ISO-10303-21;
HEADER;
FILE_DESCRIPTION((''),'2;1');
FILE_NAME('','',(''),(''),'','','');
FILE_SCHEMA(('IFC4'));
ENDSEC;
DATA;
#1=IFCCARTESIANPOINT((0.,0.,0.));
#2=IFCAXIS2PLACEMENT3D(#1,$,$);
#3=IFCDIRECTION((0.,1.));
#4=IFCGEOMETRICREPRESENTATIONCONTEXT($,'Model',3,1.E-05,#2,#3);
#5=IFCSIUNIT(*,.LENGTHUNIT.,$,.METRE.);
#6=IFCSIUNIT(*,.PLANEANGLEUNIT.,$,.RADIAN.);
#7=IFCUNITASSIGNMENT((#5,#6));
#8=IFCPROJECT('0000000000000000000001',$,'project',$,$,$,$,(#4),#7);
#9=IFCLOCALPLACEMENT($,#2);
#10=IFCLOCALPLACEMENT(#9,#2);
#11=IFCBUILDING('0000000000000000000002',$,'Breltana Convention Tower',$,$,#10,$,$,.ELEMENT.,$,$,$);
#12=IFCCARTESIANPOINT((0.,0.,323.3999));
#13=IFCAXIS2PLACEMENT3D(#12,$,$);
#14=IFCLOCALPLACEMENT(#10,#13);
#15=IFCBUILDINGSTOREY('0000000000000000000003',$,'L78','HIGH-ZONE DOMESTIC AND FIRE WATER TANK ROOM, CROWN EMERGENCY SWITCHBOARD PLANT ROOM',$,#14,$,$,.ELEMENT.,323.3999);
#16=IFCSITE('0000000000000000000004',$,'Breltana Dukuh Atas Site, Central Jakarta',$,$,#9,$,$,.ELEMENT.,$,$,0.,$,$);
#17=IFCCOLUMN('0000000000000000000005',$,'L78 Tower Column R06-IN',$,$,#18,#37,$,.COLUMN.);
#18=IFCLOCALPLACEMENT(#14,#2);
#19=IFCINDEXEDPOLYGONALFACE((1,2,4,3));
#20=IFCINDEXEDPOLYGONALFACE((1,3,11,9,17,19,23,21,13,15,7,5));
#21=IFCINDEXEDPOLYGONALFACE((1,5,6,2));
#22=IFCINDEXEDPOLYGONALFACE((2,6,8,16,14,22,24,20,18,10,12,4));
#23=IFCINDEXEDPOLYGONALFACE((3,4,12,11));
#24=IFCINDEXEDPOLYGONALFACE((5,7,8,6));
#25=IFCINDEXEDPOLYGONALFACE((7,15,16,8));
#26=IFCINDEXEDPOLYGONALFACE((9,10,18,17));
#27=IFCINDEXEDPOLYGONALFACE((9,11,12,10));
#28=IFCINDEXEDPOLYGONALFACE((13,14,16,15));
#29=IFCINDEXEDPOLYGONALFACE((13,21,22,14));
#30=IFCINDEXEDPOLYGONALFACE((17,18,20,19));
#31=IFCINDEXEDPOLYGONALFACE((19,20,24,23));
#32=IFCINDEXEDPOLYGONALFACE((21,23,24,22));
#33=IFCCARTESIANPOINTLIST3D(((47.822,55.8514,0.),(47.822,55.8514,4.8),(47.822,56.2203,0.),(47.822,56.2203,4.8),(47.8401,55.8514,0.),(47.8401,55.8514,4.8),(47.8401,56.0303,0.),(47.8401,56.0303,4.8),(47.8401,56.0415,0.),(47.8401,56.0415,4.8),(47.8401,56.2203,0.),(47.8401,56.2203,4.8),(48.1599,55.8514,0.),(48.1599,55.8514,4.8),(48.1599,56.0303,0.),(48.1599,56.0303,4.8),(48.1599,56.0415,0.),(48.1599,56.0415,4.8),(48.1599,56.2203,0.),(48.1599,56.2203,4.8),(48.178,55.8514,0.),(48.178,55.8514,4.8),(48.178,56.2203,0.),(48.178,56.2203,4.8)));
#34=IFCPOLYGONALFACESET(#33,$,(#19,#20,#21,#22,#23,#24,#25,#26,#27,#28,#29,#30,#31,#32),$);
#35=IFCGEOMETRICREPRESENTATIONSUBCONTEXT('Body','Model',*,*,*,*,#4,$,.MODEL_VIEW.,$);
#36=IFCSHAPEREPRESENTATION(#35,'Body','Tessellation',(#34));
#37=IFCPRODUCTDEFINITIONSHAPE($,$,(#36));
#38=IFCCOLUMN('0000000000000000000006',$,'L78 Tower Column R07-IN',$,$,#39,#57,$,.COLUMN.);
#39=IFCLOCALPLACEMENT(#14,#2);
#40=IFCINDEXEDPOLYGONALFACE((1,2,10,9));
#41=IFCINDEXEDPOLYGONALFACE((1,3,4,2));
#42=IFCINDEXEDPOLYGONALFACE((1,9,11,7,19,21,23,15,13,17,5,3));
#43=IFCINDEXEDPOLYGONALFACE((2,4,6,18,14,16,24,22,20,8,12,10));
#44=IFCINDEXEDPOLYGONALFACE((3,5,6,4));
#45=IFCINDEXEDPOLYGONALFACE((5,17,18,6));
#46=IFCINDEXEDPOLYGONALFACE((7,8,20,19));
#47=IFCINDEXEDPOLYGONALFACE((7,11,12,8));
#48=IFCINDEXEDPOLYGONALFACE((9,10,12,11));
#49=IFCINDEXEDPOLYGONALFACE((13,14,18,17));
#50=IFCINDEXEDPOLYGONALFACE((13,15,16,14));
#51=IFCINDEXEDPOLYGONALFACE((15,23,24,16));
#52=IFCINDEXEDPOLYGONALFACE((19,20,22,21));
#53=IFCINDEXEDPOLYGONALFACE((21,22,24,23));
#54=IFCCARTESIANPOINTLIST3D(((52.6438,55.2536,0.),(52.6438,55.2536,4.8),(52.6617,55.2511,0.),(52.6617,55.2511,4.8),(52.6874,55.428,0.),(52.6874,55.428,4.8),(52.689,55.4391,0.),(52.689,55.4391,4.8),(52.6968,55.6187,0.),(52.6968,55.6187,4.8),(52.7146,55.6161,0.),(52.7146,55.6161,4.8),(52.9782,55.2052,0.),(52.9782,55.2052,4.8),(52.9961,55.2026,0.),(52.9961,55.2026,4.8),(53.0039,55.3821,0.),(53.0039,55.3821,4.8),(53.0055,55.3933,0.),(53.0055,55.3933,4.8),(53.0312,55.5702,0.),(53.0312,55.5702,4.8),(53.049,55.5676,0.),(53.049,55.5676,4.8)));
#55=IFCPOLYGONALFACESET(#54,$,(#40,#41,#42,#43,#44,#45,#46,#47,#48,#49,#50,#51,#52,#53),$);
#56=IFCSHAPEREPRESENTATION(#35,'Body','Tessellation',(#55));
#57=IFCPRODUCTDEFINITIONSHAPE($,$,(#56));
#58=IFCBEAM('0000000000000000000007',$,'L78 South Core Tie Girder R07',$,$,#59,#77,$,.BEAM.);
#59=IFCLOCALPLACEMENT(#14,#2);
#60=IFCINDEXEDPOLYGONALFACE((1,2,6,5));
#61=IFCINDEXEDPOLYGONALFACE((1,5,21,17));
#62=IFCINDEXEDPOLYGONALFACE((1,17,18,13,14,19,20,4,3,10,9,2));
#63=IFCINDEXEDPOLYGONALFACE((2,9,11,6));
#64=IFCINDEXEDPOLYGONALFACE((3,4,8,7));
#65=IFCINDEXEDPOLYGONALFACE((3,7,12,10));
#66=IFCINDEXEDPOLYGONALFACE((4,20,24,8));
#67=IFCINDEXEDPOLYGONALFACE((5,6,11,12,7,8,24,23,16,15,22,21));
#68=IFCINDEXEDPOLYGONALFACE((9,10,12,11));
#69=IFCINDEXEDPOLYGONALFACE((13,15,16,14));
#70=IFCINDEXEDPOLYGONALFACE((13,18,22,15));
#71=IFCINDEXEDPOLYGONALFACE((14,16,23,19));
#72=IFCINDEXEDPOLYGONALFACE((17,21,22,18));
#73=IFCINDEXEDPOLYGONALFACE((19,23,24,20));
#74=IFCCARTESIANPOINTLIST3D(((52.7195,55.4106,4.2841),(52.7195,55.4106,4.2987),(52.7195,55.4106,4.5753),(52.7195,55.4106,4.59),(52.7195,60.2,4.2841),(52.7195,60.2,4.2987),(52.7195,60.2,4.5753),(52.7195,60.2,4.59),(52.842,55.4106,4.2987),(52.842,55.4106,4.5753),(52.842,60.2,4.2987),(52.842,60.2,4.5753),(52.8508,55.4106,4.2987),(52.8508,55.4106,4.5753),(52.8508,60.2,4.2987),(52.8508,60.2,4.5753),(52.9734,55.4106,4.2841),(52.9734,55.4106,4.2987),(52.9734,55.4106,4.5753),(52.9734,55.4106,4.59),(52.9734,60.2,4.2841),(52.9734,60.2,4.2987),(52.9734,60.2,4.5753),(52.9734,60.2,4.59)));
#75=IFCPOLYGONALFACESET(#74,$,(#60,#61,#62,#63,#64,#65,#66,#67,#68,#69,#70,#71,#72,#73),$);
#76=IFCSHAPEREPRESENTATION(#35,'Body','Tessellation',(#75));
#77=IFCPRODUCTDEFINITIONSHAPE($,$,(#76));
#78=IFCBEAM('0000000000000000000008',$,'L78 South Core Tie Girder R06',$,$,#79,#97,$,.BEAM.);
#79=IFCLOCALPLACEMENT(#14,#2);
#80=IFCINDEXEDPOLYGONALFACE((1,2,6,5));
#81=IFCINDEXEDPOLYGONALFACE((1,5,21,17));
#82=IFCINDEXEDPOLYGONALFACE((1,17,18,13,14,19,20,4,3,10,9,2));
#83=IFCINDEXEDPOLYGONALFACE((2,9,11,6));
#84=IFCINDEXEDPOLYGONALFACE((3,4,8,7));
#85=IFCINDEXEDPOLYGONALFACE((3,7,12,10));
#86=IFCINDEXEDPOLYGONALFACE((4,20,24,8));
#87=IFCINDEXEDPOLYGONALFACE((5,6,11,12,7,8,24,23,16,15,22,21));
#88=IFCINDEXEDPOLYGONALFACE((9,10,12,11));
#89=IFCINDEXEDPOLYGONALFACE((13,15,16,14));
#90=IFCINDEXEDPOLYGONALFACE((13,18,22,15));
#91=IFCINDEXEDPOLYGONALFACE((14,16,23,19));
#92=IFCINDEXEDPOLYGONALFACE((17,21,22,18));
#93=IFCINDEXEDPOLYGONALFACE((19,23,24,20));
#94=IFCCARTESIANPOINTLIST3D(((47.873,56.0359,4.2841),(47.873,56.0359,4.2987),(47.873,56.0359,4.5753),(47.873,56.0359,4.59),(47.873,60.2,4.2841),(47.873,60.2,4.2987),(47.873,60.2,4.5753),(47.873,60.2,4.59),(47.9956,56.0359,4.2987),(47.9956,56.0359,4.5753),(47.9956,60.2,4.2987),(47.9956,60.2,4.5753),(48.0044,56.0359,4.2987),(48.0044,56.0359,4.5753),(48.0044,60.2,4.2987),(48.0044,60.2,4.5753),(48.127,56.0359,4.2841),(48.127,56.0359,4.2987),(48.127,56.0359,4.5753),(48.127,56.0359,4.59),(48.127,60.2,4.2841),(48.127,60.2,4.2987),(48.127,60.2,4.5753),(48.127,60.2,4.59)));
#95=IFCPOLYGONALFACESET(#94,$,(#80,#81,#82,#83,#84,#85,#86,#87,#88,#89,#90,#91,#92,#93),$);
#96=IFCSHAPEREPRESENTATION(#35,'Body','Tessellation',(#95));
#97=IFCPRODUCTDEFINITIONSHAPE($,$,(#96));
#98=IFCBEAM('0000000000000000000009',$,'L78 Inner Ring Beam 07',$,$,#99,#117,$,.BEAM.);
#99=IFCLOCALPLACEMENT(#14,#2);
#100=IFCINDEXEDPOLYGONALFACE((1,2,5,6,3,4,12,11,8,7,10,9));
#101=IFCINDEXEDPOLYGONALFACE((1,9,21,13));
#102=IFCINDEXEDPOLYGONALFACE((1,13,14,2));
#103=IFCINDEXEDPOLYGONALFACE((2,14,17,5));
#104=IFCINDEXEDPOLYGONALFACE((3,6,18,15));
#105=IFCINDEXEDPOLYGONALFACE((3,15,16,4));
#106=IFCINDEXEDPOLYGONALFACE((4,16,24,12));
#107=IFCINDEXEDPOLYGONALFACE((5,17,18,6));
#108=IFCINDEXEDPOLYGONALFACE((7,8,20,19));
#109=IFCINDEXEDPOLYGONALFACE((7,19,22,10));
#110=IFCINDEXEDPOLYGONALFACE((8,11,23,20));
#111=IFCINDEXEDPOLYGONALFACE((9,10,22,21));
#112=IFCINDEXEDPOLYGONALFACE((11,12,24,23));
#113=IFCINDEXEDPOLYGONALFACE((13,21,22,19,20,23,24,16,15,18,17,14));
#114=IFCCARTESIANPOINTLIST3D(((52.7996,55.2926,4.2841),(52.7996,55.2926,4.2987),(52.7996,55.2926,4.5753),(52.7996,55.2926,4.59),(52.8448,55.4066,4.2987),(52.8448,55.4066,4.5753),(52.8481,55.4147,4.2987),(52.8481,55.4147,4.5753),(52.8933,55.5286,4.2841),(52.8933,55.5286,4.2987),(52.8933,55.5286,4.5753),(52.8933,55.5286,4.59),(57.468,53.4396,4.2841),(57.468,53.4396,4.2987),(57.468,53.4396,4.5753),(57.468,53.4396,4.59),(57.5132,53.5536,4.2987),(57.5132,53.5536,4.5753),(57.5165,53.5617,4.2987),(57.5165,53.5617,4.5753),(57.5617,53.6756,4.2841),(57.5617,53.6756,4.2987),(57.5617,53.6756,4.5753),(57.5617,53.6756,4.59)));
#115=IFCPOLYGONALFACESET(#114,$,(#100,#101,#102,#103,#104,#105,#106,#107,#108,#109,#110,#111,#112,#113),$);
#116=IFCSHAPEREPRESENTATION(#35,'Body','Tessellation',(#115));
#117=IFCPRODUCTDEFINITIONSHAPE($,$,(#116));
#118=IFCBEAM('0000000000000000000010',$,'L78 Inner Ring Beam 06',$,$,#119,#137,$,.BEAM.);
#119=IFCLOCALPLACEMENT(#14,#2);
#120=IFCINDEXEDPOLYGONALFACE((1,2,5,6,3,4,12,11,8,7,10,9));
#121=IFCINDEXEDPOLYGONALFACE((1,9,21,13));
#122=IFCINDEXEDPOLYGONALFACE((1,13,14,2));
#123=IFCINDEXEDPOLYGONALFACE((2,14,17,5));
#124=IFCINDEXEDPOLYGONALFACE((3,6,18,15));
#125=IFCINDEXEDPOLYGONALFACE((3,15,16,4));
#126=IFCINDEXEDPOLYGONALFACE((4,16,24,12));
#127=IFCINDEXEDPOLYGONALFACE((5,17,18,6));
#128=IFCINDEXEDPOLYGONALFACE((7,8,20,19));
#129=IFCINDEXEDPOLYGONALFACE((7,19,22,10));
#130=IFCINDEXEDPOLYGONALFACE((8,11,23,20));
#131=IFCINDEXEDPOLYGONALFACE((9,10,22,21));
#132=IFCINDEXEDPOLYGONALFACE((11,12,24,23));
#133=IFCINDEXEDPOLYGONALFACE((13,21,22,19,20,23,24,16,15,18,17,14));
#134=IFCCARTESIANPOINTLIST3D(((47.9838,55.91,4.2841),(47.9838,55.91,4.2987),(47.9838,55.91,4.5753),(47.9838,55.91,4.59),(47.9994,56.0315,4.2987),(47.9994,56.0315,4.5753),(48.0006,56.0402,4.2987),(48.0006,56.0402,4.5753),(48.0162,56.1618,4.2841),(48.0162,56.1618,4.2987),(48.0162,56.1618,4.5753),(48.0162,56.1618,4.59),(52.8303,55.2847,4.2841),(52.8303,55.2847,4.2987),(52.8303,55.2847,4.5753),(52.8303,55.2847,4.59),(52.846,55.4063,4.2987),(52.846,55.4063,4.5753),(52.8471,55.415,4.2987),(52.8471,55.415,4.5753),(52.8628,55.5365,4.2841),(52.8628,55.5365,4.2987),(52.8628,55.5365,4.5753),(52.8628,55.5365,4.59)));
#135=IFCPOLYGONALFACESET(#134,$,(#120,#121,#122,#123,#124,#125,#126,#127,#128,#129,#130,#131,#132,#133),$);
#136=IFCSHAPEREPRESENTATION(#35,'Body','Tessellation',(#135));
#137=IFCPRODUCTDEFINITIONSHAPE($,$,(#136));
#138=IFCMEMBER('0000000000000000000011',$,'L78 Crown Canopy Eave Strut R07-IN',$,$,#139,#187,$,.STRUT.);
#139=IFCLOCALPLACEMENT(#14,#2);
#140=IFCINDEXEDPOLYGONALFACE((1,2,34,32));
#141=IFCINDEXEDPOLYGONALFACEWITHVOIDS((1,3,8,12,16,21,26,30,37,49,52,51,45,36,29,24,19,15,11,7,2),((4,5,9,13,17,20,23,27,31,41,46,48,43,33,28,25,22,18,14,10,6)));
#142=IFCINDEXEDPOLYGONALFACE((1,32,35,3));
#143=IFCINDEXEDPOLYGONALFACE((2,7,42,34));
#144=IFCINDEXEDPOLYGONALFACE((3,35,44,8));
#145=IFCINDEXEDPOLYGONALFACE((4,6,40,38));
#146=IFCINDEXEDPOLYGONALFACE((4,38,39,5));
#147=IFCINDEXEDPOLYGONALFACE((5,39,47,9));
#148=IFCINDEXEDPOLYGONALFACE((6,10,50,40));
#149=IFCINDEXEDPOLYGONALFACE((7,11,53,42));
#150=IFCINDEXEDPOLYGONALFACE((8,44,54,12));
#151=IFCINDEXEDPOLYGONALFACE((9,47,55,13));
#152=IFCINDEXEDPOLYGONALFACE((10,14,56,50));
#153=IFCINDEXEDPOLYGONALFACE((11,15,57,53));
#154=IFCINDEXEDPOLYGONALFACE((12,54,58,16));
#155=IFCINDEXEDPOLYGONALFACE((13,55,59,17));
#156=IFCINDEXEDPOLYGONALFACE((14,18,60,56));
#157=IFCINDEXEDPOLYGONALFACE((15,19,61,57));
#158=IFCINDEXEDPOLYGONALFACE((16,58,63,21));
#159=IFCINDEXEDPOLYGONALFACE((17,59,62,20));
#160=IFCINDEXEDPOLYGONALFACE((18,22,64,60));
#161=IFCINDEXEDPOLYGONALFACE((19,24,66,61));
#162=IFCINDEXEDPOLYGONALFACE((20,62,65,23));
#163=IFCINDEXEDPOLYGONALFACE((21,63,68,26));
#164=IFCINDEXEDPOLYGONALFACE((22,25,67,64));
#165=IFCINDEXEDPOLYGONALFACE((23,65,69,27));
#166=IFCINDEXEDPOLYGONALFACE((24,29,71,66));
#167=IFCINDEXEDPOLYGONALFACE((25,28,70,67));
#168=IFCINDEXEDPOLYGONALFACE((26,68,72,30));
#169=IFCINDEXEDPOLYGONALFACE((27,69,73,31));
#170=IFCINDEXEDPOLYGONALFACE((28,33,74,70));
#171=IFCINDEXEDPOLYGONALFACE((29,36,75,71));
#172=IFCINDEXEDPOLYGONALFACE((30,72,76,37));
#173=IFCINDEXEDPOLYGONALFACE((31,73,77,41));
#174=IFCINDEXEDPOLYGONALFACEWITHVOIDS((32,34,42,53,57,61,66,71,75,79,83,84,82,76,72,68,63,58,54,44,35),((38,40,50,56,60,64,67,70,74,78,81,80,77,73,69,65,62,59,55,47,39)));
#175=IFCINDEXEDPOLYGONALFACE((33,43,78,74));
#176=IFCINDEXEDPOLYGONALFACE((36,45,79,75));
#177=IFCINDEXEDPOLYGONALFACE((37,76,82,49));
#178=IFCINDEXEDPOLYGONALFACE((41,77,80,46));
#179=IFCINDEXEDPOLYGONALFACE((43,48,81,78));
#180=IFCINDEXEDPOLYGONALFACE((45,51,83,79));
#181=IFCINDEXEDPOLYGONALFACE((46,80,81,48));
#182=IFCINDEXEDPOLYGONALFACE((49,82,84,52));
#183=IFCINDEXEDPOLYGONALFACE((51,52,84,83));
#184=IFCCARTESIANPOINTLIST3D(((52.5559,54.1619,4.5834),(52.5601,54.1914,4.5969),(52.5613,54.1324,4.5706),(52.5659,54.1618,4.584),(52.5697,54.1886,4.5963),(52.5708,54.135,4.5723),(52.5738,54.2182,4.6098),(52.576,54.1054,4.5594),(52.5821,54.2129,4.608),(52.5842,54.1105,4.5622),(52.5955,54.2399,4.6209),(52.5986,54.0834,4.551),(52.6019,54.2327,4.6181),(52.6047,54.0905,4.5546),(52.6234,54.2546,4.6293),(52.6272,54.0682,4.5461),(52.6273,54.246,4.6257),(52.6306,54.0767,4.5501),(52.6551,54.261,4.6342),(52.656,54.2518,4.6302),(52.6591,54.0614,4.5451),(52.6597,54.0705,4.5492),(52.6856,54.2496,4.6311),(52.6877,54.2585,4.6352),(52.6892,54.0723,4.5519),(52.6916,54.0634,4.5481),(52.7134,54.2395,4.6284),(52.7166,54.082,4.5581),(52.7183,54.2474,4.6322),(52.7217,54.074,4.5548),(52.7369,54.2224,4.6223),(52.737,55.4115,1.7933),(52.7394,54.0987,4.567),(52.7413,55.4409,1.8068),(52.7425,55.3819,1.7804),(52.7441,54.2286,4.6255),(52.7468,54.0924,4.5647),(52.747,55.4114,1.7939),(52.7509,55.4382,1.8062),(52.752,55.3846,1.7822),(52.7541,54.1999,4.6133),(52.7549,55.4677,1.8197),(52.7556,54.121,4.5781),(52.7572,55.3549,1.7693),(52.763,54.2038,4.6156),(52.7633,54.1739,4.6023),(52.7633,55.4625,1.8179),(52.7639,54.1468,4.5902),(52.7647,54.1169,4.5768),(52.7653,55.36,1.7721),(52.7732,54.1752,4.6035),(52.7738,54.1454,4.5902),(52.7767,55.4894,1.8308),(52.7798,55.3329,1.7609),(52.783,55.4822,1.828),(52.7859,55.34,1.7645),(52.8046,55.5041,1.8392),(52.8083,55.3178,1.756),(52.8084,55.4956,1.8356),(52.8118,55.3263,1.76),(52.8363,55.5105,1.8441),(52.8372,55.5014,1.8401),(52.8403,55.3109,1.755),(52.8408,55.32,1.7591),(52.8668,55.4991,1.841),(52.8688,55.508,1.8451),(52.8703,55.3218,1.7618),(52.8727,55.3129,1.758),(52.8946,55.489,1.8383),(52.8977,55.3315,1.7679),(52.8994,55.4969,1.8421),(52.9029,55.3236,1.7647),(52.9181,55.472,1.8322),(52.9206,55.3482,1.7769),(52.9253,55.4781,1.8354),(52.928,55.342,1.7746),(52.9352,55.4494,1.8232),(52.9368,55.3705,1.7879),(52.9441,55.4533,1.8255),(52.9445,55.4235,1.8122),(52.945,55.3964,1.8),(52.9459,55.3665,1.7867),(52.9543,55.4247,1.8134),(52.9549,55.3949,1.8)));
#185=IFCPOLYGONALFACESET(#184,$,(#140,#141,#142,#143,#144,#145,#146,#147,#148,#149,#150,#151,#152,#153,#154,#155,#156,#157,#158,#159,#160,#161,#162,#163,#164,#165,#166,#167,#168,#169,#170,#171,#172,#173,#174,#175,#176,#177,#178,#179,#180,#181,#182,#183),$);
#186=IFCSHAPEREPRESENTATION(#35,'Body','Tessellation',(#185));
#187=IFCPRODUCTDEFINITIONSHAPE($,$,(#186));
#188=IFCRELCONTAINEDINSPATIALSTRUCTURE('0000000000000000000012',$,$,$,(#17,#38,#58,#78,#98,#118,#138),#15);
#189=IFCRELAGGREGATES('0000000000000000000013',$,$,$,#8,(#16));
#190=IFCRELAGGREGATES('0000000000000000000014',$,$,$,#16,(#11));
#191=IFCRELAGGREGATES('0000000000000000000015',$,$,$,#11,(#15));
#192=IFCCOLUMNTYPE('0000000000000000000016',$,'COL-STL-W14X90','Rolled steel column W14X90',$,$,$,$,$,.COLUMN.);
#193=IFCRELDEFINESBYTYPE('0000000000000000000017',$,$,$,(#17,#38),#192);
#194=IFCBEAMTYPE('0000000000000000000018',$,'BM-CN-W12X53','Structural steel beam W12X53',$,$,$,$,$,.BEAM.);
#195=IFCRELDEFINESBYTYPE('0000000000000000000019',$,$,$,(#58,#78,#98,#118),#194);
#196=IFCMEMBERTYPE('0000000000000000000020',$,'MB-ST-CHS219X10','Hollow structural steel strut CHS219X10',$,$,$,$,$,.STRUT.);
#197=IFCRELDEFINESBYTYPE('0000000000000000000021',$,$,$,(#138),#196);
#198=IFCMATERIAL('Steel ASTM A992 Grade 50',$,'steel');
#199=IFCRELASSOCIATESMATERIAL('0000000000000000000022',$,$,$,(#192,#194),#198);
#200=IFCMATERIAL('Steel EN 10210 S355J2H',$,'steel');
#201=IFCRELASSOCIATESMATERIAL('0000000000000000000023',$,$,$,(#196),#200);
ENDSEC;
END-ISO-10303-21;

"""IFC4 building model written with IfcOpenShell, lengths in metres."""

from ifc_helpers import new_model, si_unit, direction, frame, origin, origin_2d, place, context, subcontext, project, spatial, hollow_circle, i_section, extrude, source, transform, mapped, material, material_profile, profile_set, type_object, type_shapes, element, save


model = new_model("IFC4")

# Units and contexts
model_context = context("Model", 3, precision=1e-05, world=origin(), true_north=direction((0.0, 1.0)))
body_context = subcontext(model_context, "Body", "Model", "MODEL_VIEW")
ifc_project = project(units=[si_unit("LENGTHUNIT", "METRE"), si_unit("PLANEANGLEUNIT", "RADIAN")], contexts=[model_context])

# Site, building, storey
site_placement = place(None, origin())
site = spatial("IfcSite", under=ifc_project, at=site_placement, Name="Breltana Dukuh Atas Site, Central Jakarta", CompositionType="ELEMENT", RefElevation=0.0)
building_placement = place(site_placement, origin())
building = spatial("IfcBuilding", under=site, at=building_placement, Name="Breltana Convention Tower", CompositionType="ELEMENT")
storey_placement = place(building_placement, frame((0.0, 0.0, 323.3999)))
storey = spatial("IfcBuildingStorey", under=building, at=storey_placement, Name="L78", Description="HIGH-ZONE DOMESTIC AND FIRE WATER TANK ROOM, CROWN EMERGENCY SWITCHBOARD PLANT ROOM", CompositionType="ELEMENT", Elevation=323.3999)

# Columns
ifc_material_1 = material(Name="Steel ASTM A992 Grade 50", Category="steel")
ifc_material_profile_1 = material_profile(ifc_material_1, i_section(OverallWidth=0.3689, OverallDepth=0.356, WebThickness=0.0112, FlangeThickness=0.0181, at=origin_2d()), Name="W14X90")
ifc_profile_set_1 = profile_set([ifc_material_profile_1], Name="Steel ASTM A992 Grade 50")
column_type = type_object("IfcColumnType", Name="COL-STL-W14X90", Description="Rolled steel column W14X90", PredefinedType="COLUMN", material=ifc_profile_set_1)
shared_shape_1 = source(origin(), body_context, "Body", "SweptSolid", [
    extrude(i_section(OverallWidth=0.3689, OverallDepth=0.356, WebThickness=0.0112, FlangeThickness=0.0181, at=origin_2d()), origin(), (0.0, 0.0, 1.0), 4.8),
])
type_shapes(column_type, [shared_shape_1])
for number, where, z_axis, x_axis, name in (
    (1, (48.0, 56.0359, 0.0), (0.0, 0.0, 1.0), (0.0, 1.0, 0.0), "L78 Tower Column R06-IN"),
    (2, (52.8464, 55.4106, 0.0), (0.0, 0.0, 1.0), (0.143493, 0.989651, 0.0), "L78 Tower Column R07-IN"),
):
    element("IfcColumn", number, at=place(storey_placement, frame(where, z_axis=z_axis, x_axis=x_axis)), inside=storey, type_object=column_type, Name=name, PredefinedType="COLUMN", context=body_context, shape_type="MappedRepresentation", body=[
        mapped(shared_shape_1, transform((0.0, 0.0, 0.0), scale=1.0)),
    ])

# Beams
ifc_material_profile_2 = material_profile(ifc_material_1, i_section(OverallWidth=0.2539, OverallDepth=0.3059, WebThickness=0.0088, FlangeThickness=0.0146, at=origin_2d()), Name="W12X53")
ifc_profile_set_2 = profile_set([ifc_material_profile_2], Name="Steel ASTM A992 Grade 50")
beam_type = type_object("IfcBeamType", Name="BM-CN-W12X53", Description="Structural steel beam W12X53", PredefinedType="BEAM", material=ifc_profile_set_2)
shared_shape_2 = source(origin(), body_context, "Body", "SweptSolid", [
    extrude(i_section(OverallWidth=0.2539, OverallDepth=0.3059, WebThickness=0.0088, FlangeThickness=0.0146, at=origin_2d()), origin(), (0.0, 0.0, 1.0), 4.7893),
])
beam_1_placement = place(storey_placement, frame((52.8464, 60.2, 4.437), z_axis=(0.0, -1.0, 0.0), x_axis=(1.0, 0.0, 0.0)))
element("IfcBeam", 3, at=beam_1_placement, inside=storey, type_object=beam_type, Name="L78 South Core Tie Girder R07", PredefinedType="BEAM", context=body_context, shape_type="MappedRepresentation", body=[
    mapped(shared_shape_2, transform((0.0, 0.0, 0.0), scale=1.0)),
])
shared_shape_3 = source(origin(), body_context, "Body", "SweptSolid", [
    extrude(i_section(OverallWidth=0.2539, OverallDepth=0.3059, WebThickness=0.0088, FlangeThickness=0.0146, at=origin_2d()), origin(), (0.0, 0.0, 1.0), 4.1641),
])
beam_2_placement = place(storey_placement, frame((48.0, 60.2, 4.437), z_axis=(0.0, -1.0, 0.0), x_axis=(1.0, 0.0, 0.0)))
element("IfcBeam", 4, at=beam_2_placement, inside=storey, type_object=beam_type, Name="L78 South Core Tie Girder R06", PredefinedType="BEAM", context=body_context, shape_type="MappedRepresentation", body=[
    mapped(shared_shape_3, transform((0.0, 0.0, 0.0), scale=1.0)),
])
shared_shape_4 = source(origin(), body_context, "Body", "SweptSolid", [
    extrude(i_section(OverallWidth=0.2539, OverallDepth=0.3059, WebThickness=0.0088, FlangeThickness=0.0146, at=origin_2d()), origin(), (0.0, 0.0, 1.0), 5.0227),
])
beam_3_placement = place(storey_placement, frame((52.8464, 55.4106, 4.437), z_axis=(0.929459, -0.368926, 0.0), x_axis=(0.368926, 0.929459, 0.0)))
element("IfcBeam", 5, at=beam_3_placement, inside=storey, type_object=beam_type, Name="L78 Inner Ring Beam 07", PredefinedType="BEAM", context=body_context, shape_type="MappedRepresentation", body=[
    mapped(shared_shape_4, transform((0.0, 0.0, 0.0), scale=1.0)),
])
shared_shape_5 = source(origin(), body_context, "Body", "SweptSolid", [
    extrude(i_section(OverallWidth=0.2539, OverallDepth=0.3059, WebThickness=0.0088, FlangeThickness=0.0146, at=origin_2d()), origin(), (0.0, 0.0, 1.0), 4.8867),
])
beam_4_placement = place(storey_placement, frame((48.0, 56.0359, 4.437), z_axis=(0.991781, -0.127951, 0.0), x_axis=(0.127951, 0.991781, 0.0)))
element("IfcBeam", 6, at=beam_4_placement, inside=storey, type_object=beam_type, Name="L78 Inner Ring Beam 06", PredefinedType="BEAM", context=body_context, shape_type="MappedRepresentation", body=[
    mapped(shared_shape_5, transform((0.0, 0.0, 0.0), scale=1.0)),
])

# Member
ifc_material_2 = material(Name="Steel EN 10210 S355J2H", Category="steel")
ifc_material_profile_3 = material_profile(ifc_material_2, hollow_circle(Radius=0.1096, WallThickness=0.01, at=origin_2d()), Name="CHS219X10")
ifc_profile_set_3 = profile_set([ifc_material_profile_3], Name="Steel EN 10210 S355J2H")
member_type_1 = type_object("IfcMemberType", Name="MB-ST-CHS219X10", Description="Hollow structural steel strut CHS219X10", PredefinedType="STRUT", material=ifc_profile_set_3)
shared_shape_6 = source(origin(), body_context, "Body", "SweptSolid", [
    extrude(hollow_circle(Radius=0.1096, WallThickness=0.01, at=origin_2d()), origin(), (0.0, 0.0, 1.0), 3.0625),
])
type_shapes(member_type_1, [shared_shape_6])
member_1_placement = place(storey_placement, frame((52.8464, 55.4106, 1.8), z_axis=(-0.059153, -0.408015, 0.911057), x_axis=(0.989653, -0.143478, 0.0)))
element("IfcMember", 7, at=member_1_placement, inside=storey, type_object=member_type_1, Name="L78 Crown Canopy Eave Strut R07-IN", PredefinedType="STRUT", context=body_context, shape_type="MappedRepresentation", body=[
    mapped(shared_shape_6, transform((0.0, 0.0, 0.0), scale=1.0)),
])

save(model, "model.ifc")
